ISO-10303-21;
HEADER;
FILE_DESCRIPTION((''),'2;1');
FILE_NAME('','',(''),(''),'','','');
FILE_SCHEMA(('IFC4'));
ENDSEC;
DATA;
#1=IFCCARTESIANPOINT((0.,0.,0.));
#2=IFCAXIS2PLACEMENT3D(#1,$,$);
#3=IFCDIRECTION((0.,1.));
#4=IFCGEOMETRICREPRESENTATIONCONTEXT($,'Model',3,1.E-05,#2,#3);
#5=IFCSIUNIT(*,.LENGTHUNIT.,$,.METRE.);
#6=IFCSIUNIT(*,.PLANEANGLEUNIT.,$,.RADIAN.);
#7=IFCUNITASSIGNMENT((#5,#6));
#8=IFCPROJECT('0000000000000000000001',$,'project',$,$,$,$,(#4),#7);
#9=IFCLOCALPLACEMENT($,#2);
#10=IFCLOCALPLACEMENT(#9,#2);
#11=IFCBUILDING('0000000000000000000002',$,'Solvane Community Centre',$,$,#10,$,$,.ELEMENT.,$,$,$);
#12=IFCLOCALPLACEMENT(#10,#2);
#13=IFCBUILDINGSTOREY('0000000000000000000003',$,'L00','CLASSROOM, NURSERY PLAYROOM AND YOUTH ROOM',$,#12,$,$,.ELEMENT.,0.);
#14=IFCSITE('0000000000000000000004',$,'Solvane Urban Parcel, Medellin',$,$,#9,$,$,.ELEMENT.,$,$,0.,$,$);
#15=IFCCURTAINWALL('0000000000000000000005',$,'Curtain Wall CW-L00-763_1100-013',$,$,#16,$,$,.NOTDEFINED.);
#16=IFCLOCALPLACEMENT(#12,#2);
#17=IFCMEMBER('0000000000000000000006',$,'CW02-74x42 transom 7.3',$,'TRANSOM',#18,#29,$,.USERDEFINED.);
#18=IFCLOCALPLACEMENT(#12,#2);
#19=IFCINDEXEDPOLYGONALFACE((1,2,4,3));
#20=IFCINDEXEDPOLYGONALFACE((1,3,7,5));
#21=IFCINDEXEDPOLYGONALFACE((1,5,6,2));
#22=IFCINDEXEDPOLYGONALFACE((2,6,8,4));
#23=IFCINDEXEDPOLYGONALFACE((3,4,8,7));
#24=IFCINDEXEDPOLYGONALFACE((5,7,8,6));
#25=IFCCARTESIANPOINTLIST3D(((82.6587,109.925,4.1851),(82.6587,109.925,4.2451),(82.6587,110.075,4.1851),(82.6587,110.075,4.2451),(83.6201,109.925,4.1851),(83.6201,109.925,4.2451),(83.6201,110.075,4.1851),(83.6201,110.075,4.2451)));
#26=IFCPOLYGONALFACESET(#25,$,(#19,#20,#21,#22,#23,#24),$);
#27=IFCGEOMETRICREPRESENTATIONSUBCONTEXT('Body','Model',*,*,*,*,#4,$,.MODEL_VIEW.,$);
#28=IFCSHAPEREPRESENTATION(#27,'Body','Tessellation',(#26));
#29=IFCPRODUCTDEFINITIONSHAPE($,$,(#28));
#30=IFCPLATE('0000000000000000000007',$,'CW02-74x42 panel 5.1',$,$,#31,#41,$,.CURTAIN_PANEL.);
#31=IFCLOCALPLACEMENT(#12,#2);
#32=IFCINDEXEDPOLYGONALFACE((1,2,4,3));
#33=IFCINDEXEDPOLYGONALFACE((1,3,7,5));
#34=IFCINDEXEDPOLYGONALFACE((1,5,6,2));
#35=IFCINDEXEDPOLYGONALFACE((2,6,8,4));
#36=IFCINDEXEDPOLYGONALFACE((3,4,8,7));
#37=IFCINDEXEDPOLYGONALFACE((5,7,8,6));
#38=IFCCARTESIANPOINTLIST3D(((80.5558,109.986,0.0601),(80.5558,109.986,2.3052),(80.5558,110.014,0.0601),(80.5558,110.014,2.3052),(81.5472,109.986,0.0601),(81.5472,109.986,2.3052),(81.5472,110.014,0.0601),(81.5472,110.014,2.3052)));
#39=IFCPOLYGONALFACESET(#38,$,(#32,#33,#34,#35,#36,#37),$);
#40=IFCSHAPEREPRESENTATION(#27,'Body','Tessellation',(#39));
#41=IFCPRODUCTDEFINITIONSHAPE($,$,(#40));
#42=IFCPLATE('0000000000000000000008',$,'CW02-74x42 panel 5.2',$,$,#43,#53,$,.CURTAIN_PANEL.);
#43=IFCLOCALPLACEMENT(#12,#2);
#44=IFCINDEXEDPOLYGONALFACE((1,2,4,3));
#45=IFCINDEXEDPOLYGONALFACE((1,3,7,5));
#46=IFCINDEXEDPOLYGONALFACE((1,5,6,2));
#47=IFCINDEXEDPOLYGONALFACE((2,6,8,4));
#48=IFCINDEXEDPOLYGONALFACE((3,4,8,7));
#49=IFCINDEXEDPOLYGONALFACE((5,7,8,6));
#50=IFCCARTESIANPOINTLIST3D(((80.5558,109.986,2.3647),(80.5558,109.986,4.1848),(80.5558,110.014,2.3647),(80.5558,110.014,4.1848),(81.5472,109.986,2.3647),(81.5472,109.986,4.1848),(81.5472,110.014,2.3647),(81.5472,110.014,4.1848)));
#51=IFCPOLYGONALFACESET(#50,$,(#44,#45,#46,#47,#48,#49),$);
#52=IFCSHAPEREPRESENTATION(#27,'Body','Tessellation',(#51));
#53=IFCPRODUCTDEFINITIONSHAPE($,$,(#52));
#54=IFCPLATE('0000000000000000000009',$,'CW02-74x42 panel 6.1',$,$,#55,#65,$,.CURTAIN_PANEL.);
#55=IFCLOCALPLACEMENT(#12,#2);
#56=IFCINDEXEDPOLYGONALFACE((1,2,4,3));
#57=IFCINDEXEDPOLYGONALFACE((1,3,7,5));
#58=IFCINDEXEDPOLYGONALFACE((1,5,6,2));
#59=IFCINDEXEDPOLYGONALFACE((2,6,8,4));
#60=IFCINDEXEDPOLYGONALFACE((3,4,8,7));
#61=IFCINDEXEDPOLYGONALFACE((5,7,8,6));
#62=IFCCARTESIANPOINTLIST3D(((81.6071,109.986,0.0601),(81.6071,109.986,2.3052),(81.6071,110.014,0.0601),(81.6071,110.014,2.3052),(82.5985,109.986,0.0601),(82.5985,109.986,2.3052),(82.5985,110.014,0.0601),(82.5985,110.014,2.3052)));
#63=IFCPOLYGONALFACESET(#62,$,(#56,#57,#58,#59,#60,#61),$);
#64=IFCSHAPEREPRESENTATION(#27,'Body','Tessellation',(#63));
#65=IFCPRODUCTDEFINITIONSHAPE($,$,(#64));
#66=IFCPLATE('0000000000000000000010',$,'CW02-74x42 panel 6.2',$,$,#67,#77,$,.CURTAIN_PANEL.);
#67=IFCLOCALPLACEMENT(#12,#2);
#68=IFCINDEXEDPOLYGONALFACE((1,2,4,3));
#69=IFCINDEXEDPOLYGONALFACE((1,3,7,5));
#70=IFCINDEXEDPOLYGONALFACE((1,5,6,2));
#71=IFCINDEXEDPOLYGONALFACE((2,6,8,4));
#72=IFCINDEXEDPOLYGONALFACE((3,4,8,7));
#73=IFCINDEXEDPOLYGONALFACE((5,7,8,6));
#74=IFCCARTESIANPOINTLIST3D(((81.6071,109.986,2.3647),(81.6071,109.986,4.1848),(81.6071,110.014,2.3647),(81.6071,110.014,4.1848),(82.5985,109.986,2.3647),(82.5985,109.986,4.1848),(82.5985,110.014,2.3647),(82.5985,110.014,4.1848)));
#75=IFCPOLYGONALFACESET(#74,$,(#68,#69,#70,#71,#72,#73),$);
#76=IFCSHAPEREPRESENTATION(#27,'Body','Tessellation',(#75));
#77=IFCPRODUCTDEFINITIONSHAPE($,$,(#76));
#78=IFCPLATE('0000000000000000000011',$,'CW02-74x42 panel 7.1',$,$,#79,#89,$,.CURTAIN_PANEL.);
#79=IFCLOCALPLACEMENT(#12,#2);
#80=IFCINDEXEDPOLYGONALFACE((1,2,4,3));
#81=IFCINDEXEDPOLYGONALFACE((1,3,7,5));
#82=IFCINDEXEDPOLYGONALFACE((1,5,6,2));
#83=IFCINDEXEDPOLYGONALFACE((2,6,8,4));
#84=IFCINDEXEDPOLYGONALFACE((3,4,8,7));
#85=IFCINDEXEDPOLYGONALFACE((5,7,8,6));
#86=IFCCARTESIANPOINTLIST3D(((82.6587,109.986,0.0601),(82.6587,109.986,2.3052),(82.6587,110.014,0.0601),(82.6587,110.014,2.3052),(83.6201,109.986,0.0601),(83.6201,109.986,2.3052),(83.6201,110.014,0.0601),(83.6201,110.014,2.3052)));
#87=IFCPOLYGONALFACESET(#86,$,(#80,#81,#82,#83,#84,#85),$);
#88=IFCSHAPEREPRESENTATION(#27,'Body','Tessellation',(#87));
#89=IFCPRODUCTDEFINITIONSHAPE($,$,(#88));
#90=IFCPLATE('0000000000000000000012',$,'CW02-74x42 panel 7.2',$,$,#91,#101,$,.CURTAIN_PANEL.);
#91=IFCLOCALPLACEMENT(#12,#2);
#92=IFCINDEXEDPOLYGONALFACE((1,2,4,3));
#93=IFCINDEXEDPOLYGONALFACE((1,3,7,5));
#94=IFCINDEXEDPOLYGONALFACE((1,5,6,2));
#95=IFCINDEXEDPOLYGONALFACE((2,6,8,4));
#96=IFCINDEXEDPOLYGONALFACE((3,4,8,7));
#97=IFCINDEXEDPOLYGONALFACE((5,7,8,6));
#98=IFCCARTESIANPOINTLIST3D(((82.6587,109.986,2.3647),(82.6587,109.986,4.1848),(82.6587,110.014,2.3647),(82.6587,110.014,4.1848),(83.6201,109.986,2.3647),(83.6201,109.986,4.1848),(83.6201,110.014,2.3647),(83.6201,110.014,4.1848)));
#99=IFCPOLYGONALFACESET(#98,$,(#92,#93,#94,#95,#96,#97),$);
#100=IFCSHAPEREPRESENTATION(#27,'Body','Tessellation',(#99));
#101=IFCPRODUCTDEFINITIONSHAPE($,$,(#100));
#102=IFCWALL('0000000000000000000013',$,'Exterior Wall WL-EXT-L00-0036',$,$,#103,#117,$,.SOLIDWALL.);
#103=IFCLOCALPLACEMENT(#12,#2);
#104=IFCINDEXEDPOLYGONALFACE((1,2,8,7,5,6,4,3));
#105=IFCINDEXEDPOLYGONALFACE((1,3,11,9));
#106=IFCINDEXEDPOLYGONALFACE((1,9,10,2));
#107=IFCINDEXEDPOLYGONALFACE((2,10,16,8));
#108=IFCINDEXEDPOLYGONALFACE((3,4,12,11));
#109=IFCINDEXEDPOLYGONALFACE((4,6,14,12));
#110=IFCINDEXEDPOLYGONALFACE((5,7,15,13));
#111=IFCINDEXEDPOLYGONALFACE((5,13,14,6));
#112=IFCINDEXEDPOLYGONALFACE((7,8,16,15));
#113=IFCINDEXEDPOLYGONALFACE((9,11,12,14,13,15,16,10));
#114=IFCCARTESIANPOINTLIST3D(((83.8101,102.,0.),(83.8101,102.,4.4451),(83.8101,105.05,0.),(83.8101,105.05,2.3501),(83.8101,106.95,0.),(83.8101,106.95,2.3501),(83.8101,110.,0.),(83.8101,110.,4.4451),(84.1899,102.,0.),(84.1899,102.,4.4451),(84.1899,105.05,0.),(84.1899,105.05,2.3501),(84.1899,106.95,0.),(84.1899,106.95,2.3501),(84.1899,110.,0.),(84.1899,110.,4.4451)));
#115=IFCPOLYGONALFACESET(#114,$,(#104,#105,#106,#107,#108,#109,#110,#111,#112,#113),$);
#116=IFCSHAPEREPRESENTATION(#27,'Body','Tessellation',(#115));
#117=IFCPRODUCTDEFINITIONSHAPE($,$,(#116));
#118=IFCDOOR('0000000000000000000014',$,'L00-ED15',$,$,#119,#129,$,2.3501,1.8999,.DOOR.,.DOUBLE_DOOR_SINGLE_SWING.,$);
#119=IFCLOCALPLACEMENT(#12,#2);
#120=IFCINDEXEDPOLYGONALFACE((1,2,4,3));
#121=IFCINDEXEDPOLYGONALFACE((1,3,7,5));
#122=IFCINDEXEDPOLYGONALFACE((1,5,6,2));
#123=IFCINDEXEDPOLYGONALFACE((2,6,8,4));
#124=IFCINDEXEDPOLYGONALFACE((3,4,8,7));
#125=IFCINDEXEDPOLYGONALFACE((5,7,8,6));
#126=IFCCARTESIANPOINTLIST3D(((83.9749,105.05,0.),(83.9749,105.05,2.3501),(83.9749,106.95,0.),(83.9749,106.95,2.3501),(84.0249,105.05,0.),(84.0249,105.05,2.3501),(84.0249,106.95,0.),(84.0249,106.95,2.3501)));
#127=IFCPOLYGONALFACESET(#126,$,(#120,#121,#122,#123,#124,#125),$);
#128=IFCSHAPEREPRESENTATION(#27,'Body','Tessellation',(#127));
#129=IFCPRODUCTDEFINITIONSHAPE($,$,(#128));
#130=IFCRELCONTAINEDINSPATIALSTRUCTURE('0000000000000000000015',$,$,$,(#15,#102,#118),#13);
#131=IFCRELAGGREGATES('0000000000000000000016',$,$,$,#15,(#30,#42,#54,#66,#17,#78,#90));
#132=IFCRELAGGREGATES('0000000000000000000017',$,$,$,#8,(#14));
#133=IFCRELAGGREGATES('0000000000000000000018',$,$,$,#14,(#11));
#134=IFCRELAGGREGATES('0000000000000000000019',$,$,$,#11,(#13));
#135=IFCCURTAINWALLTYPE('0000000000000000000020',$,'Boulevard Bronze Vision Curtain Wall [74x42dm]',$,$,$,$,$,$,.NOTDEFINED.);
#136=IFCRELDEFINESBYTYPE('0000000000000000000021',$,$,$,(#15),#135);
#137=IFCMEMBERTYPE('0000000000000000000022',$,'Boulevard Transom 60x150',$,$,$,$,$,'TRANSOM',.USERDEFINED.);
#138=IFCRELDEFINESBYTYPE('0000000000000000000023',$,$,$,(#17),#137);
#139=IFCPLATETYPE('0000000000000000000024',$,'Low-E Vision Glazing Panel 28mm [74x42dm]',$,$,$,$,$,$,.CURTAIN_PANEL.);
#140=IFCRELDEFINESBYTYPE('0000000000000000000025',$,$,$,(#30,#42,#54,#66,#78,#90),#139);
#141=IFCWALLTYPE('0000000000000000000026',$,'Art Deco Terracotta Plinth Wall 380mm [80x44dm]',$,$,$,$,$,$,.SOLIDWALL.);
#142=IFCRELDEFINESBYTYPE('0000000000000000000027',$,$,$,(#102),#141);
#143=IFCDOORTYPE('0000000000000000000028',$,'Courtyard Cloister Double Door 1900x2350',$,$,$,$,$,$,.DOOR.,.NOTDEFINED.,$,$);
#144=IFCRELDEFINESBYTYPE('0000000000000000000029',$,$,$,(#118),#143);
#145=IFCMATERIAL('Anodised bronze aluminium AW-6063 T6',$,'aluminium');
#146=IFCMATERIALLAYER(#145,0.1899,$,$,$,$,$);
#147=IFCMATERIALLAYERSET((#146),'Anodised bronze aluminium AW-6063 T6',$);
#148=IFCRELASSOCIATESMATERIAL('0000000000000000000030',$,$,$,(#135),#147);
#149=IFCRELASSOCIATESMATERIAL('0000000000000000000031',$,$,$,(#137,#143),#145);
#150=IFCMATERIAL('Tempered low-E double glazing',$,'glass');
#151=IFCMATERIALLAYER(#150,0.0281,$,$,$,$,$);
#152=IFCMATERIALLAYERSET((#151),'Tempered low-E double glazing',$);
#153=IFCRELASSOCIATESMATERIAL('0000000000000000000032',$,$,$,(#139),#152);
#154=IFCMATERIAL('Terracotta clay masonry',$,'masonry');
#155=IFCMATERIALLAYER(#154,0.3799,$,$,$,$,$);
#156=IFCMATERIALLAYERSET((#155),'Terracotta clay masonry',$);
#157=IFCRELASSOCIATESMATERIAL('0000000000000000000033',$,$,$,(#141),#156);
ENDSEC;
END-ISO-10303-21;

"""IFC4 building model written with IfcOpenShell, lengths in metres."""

from ifc_helpers import new_model, si_unit, direction, frame, frame_2d, origin, origin_2d, place, context, subcontext, project, spatial, rectangle, extrude, material, layer, layer_set, material_profile, profile_set, type_object, element, fill, aggregate, save


model = new_model("IFC4")

# Units and contexts
model_context = context("Model", 3, precision=1e-05, world=origin(), true_north=direction((0.0, 1.0)))
body_context = subcontext(model_context, "Body", "Model", "MODEL_VIEW")
ifc_project = project(units=[si_unit("LENGTHUNIT", "METRE"), si_unit("PLANEANGLEUNIT", "RADIAN")], contexts=[model_context])

# Site, building, storey
site_placement = place(None, origin())
site = spatial("IfcSite", under=ifc_project, at=site_placement, Name="Solvane Urban Parcel, Medellin", CompositionType="ELEMENT", RefElevation=0.0)
building_placement = place(site_placement, origin())
building = spatial("IfcBuilding", under=site, at=building_placement, Name="Solvane Community Centre", CompositionType="ELEMENT")
storey_placement = place(building_placement, origin())
storey = spatial("IfcBuildingStorey", under=building, at=storey_placement, Name="L00", Description="CLASSROOM, NURSERY PLAYROOM AND YOUTH ROOM", CompositionType="ELEMENT", Elevation=0.0)

# Curtain wall, member, plates
ifc_material_1 = material(Name="Anodised bronze aluminium AW-6063 T6", Category="aluminium")
ifc_layer_1 = layer(ifc_material_1, 0.1899)
ifc_layer_set_1 = layer_set([ifc_layer_1], Name="Anodised bronze aluminium AW-6063 T6")
curtain_wall_type = type_object("IfcCurtainWallType", Name="Boulevard Bronze Vision Curtain Wall [74x42dm]", PredefinedType="NOTDEFINED", material=ifc_layer_set_1)
curtain_wall_placement = place(storey_placement, origin())
curtain_wall = element("IfcCurtainWall", 1, at=curtain_wall_placement, inside=storey, type_object=curtain_wall_type, Name="Curtain Wall CW-L00-763_1100-013", PredefinedType="NOTDEFINED")
ifc_material_profile_1 = material_profile(ifc_material_1, rectangle(XDim=0.1499, YDim=0.0601, at=origin_2d()), Name="CW-T 60x150")
ifc_profile_set_1 = profile_set([ifc_material_profile_1], Name="Anodised bronze aluminium AW-6063 T6")
member_type_1 = type_object("IfcMemberType", Name="Boulevard Transom 60x150", ElementType="TRANSOM", PredefinedType="USERDEFINED", material=ifc_profile_set_1)
member_1_placement = place(storey_placement, frame((82.6587, 110.0, 4.2151), z_axis=(1.0, 0.0, 0.0), x_axis=(0.0, 1.0, 0.0)))
member_1 = element("IfcMember", 2, at=member_1_placement, type_object=member_type_1, Name="CW02-74x42 transom 7.3", ObjectType="TRANSOM", PredefinedType="USERDEFINED", context=body_context, shape_type="SweptSolid", body=[
    extrude(rectangle(XDim=0.1499, YDim=0.0601, at=origin_2d()), origin(), (0.0, 0.0, 1.0), 0.9614),
])
ifc_material_2 = material(Name="Tempered low-E double glazing", Category="glass")
ifc_layer_2 = layer(ifc_material_2, 0.0281)
ifc_layer_set_2 = layer_set([ifc_layer_2], Name="Tempered low-E double glazing")
plate_type = type_object("IfcPlateType", Name="Low-E Vision Glazing Panel 28mm [74x42dm]", PredefinedType="CURTAIN_PANEL", material=ifc_layer_set_2)
plate_1_placement = place(storey_placement, frame((81.0515, 110.0, 0.0601), z_axis=(0.0, 0.0, 1.0), x_axis=(1.0, 0.0, 0.0)))
plate_1 = element("IfcPlate", 3, at=plate_1_placement, type_object=plate_type, Name="CW02-74x42 panel 5.1", PredefinedType="CURTAIN_PANEL", context=body_context, shape_type="SweptSolid", body=[
    extrude(rectangle(XDim=0.9915, YDim=0.0281, at=origin_2d()), origin(), (0.0, 0.0, 1.0), 2.2451),
])
plate_2_placement = place(storey_placement, frame((81.0515, 110.0, 2.3647), z_axis=(0.0, 0.0, 1.0), x_axis=(1.0, 0.0, 0.0)))
plate_2 = element("IfcPlate", 4, at=plate_2_placement, type_object=plate_type, Name="CW02-74x42 panel 5.2", PredefinedType="CURTAIN_PANEL", context=body_context, shape_type="SweptSolid", body=[
    extrude(rectangle(XDim=0.9915, YDim=0.0281, at=origin_2d()), origin(), (0.0, 0.0, 1.0), 1.8201),
])
plate_3_placement = place(storey_placement, frame((82.1028, 110.0, 0.0601), z_axis=(0.0, 0.0, 1.0), x_axis=(1.0, 0.0, 0.0)))
plate_3 = element("IfcPlate", 5, at=plate_3_placement, type_object=plate_type, Name="CW02-74x42 panel 6.1", PredefinedType="CURTAIN_PANEL", context=body_context, shape_type="SweptSolid", body=[
    extrude(rectangle(XDim=0.9915, YDim=0.0281, at=origin_2d()), origin(), (0.0, 0.0, 1.0), 2.2451),
])
plate_4_placement = place(storey_placement, frame((82.1028, 110.0, 2.3647), z_axis=(0.0, 0.0, 1.0), x_axis=(1.0, 0.0, 0.0)))
plate_4 = element("IfcPlate", 6, at=plate_4_placement, type_object=plate_type, Name="CW02-74x42 panel 6.2", PredefinedType="CURTAIN_PANEL", context=body_context, shape_type="SweptSolid", body=[
    extrude(rectangle(XDim=0.9915, YDim=0.0281, at=origin_2d()), origin(), (0.0, 0.0, 1.0), 1.8201),
])
plate_5_placement = place(storey_placement, frame((83.1394, 110.0, 0.0601), z_axis=(0.0, 0.0, 1.0), x_axis=(1.0, 0.0, 0.0)))
plate_5 = element("IfcPlate", 7, at=plate_5_placement, type_object=plate_type, Name="CW02-74x42 panel 7.1", PredefinedType="CURTAIN_PANEL", context=body_context, shape_type="SweptSolid", body=[
    extrude(rectangle(XDim=0.9614, YDim=0.0281, at=origin_2d()), origin(), (0.0, 0.0, 1.0), 2.2451),
])
plate_6_placement = place(storey_placement, frame((83.1394, 110.0, 2.3647), z_axis=(0.0, 0.0, 1.0), x_axis=(1.0, 0.0, 0.0)))
plate_6 = element("IfcPlate", 8, at=plate_6_placement, type_object=plate_type, Name="CW02-74x42 panel 7.2", PredefinedType="CURTAIN_PANEL", context=body_context, shape_type="SweptSolid", body=[
    extrude(rectangle(XDim=0.9614, YDim=0.0281, at=origin_2d()), origin(), (0.0, 0.0, 1.0), 1.8201),
])
aggregate(curtain_wall, [plate_1, plate_2, plate_3, plate_4, member_1, plate_5, plate_6])

# Wall, opening, door
ifc_material_3 = material(Name="Terracotta clay masonry", Category="masonry")
ifc_layer_3 = layer(ifc_material_3, 0.3799)
ifc_layer_set_3 = layer_set([ifc_layer_3], Name="Terracotta clay masonry")
wall_type = type_object("IfcWallType", Name="Art Deco Terracotta Plinth Wall 380mm [80x44dm]", PredefinedType="SOLIDWALL", material=ifc_layer_set_3)
wall_placement = place(storey_placement, frame((84.0, 110.0, 0.0), z_axis=(0.0, 0.0, 1.0), x_axis=(0.0, -1.0, 0.0)))
wall = element("IfcWall", 9, at=wall_placement, inside=storey, type_object=wall_type, Name="Exterior Wall WL-EXT-L00-0036", PredefinedType="SOLIDWALL", context=body_context, shape_type="SweptSolid", body=[
    extrude(rectangle(XDim=8.0, YDim=0.3799, at=frame_2d((4.0, 0.0))), origin(), (0.0, 0.0, 1.0), 4.4451),
])
opening_placement = place(wall_placement, frame((3.05, 0.0, 0.0)))
opening = element("IfcOpeningElement", 10, at=opening_placement, cuts=wall, PredefinedType="OPENING", context=body_context, shape_type="SweptSolid", body=[
    extrude(rectangle(XDim=1.8999, YDim=2.3501, at=frame_2d((0.95, 1.175))), frame((0.0, 0.2, 0.0), z_axis=(0.0, -1.0, 0.0), x_axis=(1.0, 0.0, 0.0)), (0.0, 0.0, 1.0), 0.3999),
])
door_type = type_object("IfcDoorType", Name="Courtyard Cloister Double Door 1900x2350", OperationType="NOTDEFINED", PredefinedType="DOOR", material=ifc_material_1)
door_placement = place(opening_placement, origin())
door = element("IfcDoor", 11, at=door_placement, inside=storey, type_object=door_type, Name="L00-ED15", OperationType="DOUBLE_DOOR_SINGLE_SWING", OverallHeight=2.3501, OverallWidth=1.8999, PredefinedType="DOOR", context=body_context, shape_type="SweptSolid", body=[
    extrude(rectangle(XDim=1.8999, YDim=2.3501, at=frame_2d((0.95, 1.175))), frame((0.0, 0.0249, 0.0), z_axis=(0.0, -1.0, 0.0), x_axis=(1.0, 0.0, 0.0)), (0.0, 0.0, 1.0), 0.05),
])
fill(opening, door)

save(model, "model.ifc")
